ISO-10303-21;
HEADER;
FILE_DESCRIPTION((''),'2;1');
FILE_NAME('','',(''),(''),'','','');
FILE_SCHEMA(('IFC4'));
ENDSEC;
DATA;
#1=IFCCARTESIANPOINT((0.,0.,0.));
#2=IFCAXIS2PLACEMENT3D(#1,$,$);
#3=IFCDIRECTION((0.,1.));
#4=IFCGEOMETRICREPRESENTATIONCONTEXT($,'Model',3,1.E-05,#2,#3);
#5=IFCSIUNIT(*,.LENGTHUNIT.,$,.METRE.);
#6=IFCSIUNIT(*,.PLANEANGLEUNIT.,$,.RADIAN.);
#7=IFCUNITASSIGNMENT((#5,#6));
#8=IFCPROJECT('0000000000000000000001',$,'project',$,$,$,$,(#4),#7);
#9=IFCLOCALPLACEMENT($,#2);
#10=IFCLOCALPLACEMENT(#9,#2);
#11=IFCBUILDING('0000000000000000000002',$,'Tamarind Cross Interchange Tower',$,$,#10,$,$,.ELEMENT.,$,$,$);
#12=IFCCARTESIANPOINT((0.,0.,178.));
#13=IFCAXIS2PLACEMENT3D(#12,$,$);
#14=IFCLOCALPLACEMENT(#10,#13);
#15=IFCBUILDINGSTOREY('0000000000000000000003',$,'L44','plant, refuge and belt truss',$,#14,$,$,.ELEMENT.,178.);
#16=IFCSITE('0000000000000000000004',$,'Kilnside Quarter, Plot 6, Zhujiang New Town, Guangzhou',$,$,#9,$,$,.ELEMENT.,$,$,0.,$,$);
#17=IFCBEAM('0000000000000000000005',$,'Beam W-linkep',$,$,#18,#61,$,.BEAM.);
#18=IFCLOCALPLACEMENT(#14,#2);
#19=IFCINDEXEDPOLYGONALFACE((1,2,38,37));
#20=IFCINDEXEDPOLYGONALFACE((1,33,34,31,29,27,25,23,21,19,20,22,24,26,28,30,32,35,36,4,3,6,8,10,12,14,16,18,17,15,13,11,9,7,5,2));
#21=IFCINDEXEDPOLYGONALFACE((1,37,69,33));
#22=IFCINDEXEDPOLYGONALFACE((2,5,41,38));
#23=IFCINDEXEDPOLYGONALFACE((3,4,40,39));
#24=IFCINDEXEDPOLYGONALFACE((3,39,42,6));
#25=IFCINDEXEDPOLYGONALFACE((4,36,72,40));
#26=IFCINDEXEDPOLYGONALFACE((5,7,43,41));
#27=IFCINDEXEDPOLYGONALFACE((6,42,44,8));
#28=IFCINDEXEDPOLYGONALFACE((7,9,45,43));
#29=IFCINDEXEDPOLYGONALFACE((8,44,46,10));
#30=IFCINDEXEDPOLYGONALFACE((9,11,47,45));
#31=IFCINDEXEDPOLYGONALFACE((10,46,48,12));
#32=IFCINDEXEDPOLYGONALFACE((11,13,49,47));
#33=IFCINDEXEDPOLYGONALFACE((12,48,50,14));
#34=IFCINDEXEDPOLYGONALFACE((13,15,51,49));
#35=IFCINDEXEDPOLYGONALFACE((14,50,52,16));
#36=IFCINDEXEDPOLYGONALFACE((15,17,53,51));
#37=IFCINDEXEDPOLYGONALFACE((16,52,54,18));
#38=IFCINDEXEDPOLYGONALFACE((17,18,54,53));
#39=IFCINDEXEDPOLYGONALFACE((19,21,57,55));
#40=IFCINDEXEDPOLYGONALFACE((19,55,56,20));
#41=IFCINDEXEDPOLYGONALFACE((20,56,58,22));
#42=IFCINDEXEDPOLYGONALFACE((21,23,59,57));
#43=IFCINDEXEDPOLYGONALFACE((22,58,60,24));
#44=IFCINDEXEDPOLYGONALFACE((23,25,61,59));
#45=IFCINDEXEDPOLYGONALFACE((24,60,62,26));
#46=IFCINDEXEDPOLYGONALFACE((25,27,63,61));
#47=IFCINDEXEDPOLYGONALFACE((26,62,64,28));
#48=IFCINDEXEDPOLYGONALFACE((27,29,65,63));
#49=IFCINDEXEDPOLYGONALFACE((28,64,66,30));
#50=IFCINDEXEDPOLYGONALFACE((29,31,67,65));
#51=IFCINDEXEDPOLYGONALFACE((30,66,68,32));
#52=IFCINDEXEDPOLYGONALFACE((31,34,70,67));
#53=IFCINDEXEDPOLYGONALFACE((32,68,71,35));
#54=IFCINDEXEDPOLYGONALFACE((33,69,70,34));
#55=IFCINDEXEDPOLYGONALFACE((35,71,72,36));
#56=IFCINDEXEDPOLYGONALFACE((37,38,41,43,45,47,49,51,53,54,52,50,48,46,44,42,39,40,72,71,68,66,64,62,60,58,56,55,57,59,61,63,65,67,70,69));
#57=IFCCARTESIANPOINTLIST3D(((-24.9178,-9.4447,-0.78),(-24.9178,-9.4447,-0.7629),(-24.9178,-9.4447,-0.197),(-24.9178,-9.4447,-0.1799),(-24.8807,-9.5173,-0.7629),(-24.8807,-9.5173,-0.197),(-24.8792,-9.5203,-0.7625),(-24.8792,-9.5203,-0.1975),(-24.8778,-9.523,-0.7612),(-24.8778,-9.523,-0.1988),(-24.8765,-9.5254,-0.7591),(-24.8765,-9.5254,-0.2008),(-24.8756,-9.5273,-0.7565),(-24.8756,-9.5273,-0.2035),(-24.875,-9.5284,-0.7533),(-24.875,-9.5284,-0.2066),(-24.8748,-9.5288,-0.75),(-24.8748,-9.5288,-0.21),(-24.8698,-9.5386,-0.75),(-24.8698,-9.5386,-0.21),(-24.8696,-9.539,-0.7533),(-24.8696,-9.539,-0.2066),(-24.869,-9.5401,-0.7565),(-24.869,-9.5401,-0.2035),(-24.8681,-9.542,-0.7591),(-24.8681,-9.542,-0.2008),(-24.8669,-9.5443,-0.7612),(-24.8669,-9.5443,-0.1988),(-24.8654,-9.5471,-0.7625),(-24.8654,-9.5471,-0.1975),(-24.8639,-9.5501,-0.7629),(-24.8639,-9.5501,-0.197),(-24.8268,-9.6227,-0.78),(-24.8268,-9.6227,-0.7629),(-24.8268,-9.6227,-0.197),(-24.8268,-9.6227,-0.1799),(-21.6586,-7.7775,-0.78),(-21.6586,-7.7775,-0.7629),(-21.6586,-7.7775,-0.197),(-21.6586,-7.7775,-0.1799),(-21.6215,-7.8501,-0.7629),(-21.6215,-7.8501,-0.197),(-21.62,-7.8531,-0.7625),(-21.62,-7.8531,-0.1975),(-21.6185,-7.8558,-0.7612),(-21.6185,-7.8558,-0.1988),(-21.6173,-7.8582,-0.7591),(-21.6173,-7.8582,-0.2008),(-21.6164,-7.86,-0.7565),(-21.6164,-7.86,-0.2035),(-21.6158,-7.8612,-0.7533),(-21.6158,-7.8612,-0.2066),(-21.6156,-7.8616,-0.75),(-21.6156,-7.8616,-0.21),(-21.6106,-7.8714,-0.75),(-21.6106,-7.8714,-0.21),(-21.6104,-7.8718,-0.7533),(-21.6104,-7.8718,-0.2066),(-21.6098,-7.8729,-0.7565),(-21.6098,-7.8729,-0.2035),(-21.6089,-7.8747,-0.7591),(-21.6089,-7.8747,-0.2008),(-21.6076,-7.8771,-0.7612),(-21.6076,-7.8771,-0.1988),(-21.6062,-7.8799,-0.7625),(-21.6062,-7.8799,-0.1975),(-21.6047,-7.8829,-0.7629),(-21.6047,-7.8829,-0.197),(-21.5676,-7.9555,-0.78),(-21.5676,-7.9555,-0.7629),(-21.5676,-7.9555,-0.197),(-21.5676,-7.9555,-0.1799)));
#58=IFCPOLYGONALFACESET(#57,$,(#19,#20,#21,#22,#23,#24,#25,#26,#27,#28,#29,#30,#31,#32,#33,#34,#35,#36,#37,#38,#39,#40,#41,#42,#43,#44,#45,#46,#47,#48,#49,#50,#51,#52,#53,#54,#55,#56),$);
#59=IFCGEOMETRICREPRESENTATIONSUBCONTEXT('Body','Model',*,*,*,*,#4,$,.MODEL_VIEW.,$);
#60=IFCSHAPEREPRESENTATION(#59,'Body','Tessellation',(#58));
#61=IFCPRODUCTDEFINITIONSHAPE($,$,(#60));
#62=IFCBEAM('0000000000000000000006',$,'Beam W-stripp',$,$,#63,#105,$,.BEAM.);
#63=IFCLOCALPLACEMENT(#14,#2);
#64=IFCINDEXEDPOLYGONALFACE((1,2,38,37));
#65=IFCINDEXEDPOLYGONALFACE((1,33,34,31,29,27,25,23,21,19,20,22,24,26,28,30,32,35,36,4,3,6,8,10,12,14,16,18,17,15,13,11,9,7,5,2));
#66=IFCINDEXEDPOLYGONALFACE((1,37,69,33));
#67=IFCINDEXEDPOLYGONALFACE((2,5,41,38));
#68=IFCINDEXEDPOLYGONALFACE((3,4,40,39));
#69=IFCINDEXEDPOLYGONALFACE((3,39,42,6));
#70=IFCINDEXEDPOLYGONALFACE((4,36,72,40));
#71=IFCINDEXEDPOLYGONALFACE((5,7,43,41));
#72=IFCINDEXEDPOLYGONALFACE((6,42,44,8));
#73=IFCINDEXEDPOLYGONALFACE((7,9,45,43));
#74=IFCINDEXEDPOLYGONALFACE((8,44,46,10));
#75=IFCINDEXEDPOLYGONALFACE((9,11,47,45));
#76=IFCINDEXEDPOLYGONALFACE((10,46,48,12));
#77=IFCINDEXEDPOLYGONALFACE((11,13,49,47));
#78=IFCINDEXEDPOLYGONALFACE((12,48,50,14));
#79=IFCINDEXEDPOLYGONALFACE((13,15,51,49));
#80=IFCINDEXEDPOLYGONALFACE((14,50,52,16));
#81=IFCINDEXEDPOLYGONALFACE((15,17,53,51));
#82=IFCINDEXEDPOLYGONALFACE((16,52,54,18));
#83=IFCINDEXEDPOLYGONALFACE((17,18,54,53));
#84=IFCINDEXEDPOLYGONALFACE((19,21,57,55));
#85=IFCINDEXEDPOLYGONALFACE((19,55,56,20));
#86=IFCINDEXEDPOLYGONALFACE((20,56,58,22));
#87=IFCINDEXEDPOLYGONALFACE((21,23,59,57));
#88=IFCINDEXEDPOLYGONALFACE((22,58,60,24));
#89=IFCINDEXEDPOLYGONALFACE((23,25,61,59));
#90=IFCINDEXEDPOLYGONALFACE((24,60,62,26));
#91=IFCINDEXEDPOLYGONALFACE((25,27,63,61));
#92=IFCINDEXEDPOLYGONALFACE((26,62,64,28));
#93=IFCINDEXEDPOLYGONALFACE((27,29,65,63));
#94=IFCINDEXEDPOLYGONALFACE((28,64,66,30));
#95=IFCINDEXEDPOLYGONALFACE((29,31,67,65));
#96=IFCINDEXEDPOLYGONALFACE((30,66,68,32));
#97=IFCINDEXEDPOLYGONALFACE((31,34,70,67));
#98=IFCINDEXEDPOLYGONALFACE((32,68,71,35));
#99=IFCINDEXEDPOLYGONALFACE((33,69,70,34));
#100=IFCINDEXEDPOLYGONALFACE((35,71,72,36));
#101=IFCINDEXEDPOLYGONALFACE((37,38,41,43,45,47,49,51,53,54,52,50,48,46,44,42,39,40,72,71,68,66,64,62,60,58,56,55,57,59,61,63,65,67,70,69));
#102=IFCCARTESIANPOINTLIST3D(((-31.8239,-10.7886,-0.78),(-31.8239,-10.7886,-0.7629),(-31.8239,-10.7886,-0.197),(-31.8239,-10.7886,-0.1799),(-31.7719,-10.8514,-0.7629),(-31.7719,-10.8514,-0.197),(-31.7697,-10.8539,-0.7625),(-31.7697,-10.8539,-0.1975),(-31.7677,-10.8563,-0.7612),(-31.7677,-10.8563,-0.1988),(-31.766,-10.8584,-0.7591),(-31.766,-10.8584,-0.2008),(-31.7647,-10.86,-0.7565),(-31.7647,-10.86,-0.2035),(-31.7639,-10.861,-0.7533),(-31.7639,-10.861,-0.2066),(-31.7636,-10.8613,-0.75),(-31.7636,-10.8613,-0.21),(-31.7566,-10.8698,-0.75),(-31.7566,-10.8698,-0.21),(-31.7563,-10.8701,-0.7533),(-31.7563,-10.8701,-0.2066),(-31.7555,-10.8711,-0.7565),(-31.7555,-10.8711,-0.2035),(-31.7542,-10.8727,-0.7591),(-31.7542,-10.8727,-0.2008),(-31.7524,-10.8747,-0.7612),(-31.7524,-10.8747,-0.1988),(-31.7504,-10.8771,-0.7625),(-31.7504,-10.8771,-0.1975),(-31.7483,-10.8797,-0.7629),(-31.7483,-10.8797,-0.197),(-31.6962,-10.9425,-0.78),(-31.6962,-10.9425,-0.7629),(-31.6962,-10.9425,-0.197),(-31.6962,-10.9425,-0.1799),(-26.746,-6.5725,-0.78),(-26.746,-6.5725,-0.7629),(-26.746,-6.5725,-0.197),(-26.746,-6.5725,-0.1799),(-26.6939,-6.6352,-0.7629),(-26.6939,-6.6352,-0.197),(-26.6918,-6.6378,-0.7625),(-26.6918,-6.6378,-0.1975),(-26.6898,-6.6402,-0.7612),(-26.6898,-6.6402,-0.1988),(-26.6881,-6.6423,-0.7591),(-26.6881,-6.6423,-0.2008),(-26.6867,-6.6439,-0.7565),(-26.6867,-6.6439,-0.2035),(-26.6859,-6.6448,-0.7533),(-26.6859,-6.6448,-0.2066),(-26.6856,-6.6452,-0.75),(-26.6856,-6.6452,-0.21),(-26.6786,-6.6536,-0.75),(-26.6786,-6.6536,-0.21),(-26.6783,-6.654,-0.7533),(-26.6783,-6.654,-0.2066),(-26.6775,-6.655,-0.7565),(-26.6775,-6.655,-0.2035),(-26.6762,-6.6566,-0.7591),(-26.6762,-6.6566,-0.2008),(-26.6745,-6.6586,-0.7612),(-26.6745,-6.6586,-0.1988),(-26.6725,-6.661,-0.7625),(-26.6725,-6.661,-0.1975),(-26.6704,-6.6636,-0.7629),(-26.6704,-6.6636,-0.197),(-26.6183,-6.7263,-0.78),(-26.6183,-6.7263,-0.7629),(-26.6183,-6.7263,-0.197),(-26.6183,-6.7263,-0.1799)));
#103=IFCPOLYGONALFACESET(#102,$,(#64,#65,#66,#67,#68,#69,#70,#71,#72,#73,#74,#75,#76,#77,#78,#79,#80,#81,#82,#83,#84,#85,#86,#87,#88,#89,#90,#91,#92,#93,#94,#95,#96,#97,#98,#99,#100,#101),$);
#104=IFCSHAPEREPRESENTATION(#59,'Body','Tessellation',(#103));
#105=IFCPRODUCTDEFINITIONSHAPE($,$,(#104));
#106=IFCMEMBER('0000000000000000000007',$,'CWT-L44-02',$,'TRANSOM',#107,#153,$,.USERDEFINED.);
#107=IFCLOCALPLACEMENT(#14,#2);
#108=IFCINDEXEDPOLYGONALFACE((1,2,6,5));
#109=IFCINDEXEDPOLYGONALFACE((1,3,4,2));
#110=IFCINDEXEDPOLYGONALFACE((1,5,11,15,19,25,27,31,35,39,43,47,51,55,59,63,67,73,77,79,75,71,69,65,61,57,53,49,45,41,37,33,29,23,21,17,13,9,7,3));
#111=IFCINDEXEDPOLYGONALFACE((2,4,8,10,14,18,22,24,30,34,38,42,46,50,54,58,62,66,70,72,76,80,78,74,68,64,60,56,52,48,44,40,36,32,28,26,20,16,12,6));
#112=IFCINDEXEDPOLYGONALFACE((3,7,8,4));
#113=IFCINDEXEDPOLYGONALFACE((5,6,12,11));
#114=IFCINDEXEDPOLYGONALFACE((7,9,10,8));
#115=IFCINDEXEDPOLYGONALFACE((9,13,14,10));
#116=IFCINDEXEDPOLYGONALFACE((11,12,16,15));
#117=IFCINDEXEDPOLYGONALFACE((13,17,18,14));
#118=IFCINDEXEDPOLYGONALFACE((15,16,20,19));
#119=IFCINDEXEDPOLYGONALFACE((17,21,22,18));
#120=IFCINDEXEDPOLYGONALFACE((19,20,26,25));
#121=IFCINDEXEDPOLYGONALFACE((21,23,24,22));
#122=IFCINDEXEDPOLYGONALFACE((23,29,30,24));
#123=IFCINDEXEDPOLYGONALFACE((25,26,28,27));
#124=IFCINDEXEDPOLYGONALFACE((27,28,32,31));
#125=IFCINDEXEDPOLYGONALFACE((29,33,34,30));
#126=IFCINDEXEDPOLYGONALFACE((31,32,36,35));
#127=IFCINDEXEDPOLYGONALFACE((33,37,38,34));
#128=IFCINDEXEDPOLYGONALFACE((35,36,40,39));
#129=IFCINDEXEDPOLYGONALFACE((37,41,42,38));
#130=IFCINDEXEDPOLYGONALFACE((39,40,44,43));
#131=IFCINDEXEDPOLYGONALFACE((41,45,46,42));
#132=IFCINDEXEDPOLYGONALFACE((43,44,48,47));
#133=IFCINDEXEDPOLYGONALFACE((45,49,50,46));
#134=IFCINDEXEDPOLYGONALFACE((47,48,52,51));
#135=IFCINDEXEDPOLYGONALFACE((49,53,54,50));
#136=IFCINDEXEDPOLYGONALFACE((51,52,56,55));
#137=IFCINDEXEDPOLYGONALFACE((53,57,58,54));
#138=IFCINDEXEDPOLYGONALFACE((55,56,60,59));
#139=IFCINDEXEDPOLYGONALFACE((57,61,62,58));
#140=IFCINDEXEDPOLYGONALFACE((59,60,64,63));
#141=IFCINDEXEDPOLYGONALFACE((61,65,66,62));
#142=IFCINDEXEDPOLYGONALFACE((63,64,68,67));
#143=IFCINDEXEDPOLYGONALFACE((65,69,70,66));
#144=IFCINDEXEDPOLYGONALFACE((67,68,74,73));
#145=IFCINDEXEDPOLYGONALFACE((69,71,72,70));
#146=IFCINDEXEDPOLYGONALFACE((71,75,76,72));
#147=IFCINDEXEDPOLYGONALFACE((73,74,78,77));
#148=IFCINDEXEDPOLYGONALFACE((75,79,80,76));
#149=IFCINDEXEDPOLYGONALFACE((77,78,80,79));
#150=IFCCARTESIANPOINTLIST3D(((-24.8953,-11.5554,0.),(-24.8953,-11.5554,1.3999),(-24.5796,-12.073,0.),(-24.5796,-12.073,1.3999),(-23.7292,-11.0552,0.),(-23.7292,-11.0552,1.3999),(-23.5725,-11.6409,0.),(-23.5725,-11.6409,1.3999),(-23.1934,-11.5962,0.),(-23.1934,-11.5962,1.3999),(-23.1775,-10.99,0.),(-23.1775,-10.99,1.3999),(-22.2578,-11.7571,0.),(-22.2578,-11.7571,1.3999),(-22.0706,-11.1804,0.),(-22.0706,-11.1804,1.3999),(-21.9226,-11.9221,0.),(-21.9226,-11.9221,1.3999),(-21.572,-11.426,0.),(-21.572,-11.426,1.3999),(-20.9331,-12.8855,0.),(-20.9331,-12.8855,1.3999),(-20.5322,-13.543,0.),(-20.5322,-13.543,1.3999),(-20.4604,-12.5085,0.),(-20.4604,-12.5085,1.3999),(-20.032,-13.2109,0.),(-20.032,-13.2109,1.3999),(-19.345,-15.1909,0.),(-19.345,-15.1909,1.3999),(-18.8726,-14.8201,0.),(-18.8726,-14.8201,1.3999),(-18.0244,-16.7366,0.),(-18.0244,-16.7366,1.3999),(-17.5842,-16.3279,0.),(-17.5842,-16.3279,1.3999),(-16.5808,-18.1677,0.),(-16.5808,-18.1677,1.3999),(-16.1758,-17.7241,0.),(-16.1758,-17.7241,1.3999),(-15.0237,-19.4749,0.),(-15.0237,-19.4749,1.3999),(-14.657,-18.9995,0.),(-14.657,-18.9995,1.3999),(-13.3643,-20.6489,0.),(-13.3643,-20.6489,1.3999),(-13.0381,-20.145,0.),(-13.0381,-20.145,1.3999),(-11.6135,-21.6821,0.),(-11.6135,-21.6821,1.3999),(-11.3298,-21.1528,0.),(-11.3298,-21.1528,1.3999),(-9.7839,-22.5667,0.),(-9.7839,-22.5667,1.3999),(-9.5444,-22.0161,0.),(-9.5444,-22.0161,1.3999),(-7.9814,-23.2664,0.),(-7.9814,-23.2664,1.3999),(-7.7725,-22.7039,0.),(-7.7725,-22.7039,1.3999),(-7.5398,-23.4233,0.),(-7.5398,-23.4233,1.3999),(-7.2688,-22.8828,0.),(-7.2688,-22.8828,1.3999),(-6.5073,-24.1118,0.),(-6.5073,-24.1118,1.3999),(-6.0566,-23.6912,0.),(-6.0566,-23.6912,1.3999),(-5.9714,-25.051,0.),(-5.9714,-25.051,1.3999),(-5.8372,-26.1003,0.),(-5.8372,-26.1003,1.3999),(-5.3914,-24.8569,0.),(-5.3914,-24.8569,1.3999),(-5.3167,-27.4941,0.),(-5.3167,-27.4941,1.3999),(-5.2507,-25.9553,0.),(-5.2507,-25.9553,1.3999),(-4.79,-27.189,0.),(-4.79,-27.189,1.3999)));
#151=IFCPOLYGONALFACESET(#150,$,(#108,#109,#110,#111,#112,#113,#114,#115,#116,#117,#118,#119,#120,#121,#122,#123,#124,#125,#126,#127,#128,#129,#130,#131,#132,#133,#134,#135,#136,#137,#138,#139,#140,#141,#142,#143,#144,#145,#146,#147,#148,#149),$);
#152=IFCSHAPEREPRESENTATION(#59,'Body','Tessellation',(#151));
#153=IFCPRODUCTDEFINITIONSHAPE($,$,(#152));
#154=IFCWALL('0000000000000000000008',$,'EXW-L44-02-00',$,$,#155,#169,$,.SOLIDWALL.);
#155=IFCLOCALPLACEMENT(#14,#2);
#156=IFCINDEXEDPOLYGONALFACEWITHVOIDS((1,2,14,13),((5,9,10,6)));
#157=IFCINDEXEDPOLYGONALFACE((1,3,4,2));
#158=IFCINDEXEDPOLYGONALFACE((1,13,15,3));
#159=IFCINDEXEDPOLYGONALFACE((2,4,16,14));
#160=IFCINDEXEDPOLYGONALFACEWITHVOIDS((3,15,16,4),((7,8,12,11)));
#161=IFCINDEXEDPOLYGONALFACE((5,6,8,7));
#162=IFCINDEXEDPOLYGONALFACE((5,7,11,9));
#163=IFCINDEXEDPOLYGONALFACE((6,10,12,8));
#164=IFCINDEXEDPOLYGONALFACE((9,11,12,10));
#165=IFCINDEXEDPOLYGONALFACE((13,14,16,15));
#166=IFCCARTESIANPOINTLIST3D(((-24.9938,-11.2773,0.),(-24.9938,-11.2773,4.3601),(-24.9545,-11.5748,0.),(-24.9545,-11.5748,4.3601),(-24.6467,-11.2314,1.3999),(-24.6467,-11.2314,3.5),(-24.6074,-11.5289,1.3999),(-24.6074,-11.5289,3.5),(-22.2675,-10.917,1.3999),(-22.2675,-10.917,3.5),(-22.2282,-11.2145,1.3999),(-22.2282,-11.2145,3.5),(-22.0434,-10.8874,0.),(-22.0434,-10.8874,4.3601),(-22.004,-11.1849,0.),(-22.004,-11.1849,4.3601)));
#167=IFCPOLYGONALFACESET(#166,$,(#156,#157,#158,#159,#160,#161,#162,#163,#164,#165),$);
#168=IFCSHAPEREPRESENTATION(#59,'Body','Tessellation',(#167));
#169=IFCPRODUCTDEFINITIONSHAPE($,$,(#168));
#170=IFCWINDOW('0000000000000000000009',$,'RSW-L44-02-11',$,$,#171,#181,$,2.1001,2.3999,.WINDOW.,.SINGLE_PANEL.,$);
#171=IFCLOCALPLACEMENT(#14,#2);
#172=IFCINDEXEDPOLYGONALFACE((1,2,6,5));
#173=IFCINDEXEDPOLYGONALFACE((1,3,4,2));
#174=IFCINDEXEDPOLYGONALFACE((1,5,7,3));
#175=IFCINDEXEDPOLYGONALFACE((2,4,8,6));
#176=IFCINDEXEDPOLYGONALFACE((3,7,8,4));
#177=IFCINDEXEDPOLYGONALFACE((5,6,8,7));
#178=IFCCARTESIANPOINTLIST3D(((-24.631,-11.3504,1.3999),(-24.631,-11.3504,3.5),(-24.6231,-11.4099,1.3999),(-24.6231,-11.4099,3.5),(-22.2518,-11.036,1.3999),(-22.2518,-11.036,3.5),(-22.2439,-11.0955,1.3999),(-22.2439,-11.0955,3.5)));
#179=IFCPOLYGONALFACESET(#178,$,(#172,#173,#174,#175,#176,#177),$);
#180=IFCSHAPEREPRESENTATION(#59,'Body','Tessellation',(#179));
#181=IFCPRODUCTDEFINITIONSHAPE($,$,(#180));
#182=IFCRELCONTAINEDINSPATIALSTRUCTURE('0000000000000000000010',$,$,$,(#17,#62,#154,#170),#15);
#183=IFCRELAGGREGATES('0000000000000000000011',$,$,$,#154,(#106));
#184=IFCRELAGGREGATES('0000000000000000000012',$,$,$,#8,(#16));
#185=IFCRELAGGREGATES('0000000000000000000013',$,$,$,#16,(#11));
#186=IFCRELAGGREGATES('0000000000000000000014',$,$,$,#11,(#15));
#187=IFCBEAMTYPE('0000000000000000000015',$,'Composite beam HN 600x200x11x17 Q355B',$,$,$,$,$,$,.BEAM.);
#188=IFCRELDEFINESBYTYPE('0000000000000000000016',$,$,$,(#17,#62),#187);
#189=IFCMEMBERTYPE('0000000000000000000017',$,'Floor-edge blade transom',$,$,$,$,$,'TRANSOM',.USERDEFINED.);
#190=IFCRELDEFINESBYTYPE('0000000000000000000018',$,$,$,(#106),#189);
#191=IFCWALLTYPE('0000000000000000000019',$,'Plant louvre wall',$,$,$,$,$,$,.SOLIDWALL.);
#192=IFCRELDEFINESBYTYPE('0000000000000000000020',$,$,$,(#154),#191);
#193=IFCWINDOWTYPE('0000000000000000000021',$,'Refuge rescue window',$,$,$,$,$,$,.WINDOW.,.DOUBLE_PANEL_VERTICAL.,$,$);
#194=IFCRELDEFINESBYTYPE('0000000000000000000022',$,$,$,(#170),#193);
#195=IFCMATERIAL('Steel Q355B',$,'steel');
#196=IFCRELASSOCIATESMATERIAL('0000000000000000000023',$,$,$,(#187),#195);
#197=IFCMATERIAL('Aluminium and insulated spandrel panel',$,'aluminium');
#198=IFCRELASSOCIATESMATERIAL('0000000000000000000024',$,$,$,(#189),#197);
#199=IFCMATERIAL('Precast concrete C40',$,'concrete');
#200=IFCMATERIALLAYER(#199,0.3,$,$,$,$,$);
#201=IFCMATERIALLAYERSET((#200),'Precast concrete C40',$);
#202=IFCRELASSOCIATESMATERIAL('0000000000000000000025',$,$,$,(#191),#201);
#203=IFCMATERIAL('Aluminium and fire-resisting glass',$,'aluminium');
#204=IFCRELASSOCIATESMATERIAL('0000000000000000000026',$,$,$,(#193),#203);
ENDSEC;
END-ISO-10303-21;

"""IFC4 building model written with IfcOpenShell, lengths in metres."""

from ifc_helpers import new_model, si_unit, direction, frame, frame_2d, origin, origin_2d, place, context, subcontext, project, spatial, polyline, rectangle, i_section, outline, extrude, material, layer, layer_set, material_profile, profile_set, type_object, element, fill, aggregate, save


model = new_model("IFC4")

# Units and contexts
model_context = context("Model", 3, precision=1e-05, world=origin(), true_north=direction((0.0, 1.0)))
body_context = subcontext(model_context, "Body", "Model", "MODEL_VIEW")
ifc_project = project(units=[si_unit("LENGTHUNIT", "METRE"), si_unit("PLANEANGLEUNIT", "RADIAN")], contexts=[model_context])

# Site, building, storey
site_placement = place(None, origin())
site = spatial("IfcSite", under=ifc_project, at=site_placement, Name="Kilnside Quarter, Plot 6, Zhujiang New Town, Guangzhou", CompositionType="ELEMENT", RefElevation=0.0)
building_placement = place(site_placement, origin())
building = spatial("IfcBuilding", under=site, at=building_placement, Name="Tamarind Cross Interchange Tower", CompositionType="ELEMENT")
storey_placement = place(building_placement, frame((0.0, 0.0, 178.0)))
storey = spatial("IfcBuildingStorey", under=building, at=storey_placement, Name="L44", Description="plant, refuge and belt truss", CompositionType="ELEMENT", Elevation=178.0)

# Beams
ifc_material_1 = material(Name="Steel Q355B", Category="steel")
ifc_material_profile_1 = material_profile(ifc_material_1, i_section(OverallWidth=0.2, OverallDepth=0.6001, WebThickness=0.011, FlangeThickness=0.0171, FilletRadius=0.0129, at=origin_2d()), Name="HN 600x200x11x17")
ifc_profile_set_1 = profile_set([ifc_material_profile_1], Name="Steel Q355B")
beam_type_1 = type_object("IfcBeamType", Name="Composite beam HN 600x200x11x17 Q355B", PredefinedType="BEAM", material=ifc_profile_set_1)
beam_1_placement = place(storey_placement, frame((-24.8723, -9.5337, -0.48), z_axis=(0.890281, 0.455411, 0.0), x_axis=(-0.455411, 0.890281, 0.0)))
element("IfcBeam", 1, at=beam_1_placement, inside=storey, type_object=beam_type_1, Name="Beam W-linkep", PredefinedType="BEAM", context=body_context, shape_type="SweptSolid", body=[
    extrude(i_section(OverallWidth=0.2, OverallDepth=0.6001, WebThickness=0.011, FlangeThickness=0.0171, FilletRadius=0.0129, at=origin_2d()), origin(), (0.0, 0.0, 1.0), 3.6609),
])
beam_2_placement = place(storey_placement, frame((-26.6821, -6.6494, -0.48), z_axis=(-0.769375, -0.638797, 0.0), x_axis=(0.638797, -0.769375, 0.0)))
element("IfcBeam", 2, at=beam_2_placement, inside=storey, type_object=beam_type_1, Name="Beam W-stripp", PredefinedType="BEAM", context=body_context, shape_type="SweptSolid", body=[
    extrude(i_section(OverallWidth=0.2, OverallDepth=0.6001, WebThickness=0.011, FlangeThickness=0.0171, FilletRadius=0.0129, at=origin_2d()), origin(), (0.0, 0.0, 1.0), 6.6001),
])

# Member
ifc_material_2 = material(Name="Aluminium and insulated spandrel panel", Category="aluminium")
member_type_1 = type_object("IfcMemberType", Name="Floor-edge blade transom", ElementType="TRANSOM", PredefinedType="USERDEFINED", material=ifc_material_2)
member_1_placement = place(storey_placement, origin())
member_1 = element("IfcMember", 3, at=member_1_placement, type_object=member_type_1, Name="CWT-L44-02", ObjectType="TRANSOM", PredefinedType="USERDEFINED", context=body_context, shape_type="SweptSolid", body=[
    extrude(outline(polyline([(-24.8953, -11.5554), (-23.7292, -11.0552), (-23.1775, -10.99), (-22.0706, -11.1804), (-21.572, -11.426), (-20.4604, -12.5085), (-20.032, -13.2109), (-18.8726, -14.8201), (-17.5842, -16.3279), (-16.1758, -17.7241), (-14.657, -18.9995), (-13.0381, -20.145), (-11.3298, -21.1528), (-9.5444, -22.0161), (-7.7725, -22.7039), (-7.2688, -22.8828), (-6.0566, -23.6912), (-5.3914, -24.8569), (-5.2507, -25.9553), (-4.79, -27.189), (-5.3167, -27.4941), (-5.8372, -26.1003), (-5.9714, -25.051), (-6.5073, -24.1118), (-7.5398, -23.4233), (-7.9814, -23.2664), (-9.7839, -22.5667), (-11.6135, -21.6821), (-13.3643, -20.6489), (-15.0237, -19.4749), (-16.5808, -18.1677), (-18.0244, -16.7366), (-19.345, -15.1909), (-20.5322, -13.543), (-20.9331, -12.8855), (-21.9226, -11.9221), (-22.2578, -11.7571), (-23.1934, -11.5962), (-23.5725, -11.6409), (-24.5796, -12.073), (-24.8953, -11.5554)])), origin(), (0.0, 0.0, 1.0), 1.3999),
])

# Wall, opening, window
ifc_material_3 = material(Name="Precast concrete C40", Category="concrete")
ifc_layer_1 = layer(ifc_material_3, 0.3)
ifc_layer_set_1 = layer_set([ifc_layer_1], Name="Precast concrete C40")
wall_type_1 = type_object("IfcWallType", Name="Plant louvre wall", PredefinedType="SOLIDWALL", material=ifc_layer_set_1)
wall_1_placement = place(storey_placement, frame((-24.9741, -11.426, 0.0), z_axis=(0.0, 0.0, 1.0), x_axis=(0.991381, 0.131008, 0.0)))
wall_1 = element("IfcWall", 4, at=wall_1_placement, inside=storey, type_object=wall_type_1, Name="EXW-L44-02-00", PredefinedType="SOLIDWALL", context=body_context, shape_type="SweptSolid", body=[
    extrude(rectangle(XDim=2.9761, YDim=0.3, at=frame_2d((1.488, 0.0))), origin(), (0.0, 0.0, 1.0), 4.3601),
])
opening_placement = place(wall_1_placement, frame((0.3501, 0.0, 1.3999)))
opening = element("IfcOpeningElement", 5, at=opening_placement, cuts=wall_1, PredefinedType="OPENING", context=body_context, shape_type="SweptSolid", body=[
    extrude(rectangle(XDim=2.3999, YDim=2.1001, at=frame_2d((1.2, 1.05))), frame((0.0, 0.1599, 0.0), z_axis=(0.0, -1.0, 0.0), x_axis=(1.0, 0.0, 0.0)), (0.0, 0.0, 1.0), 0.3201),
])
ifc_material_4 = material(Name="Aluminium and fire-resisting glass", Category="aluminium")
window_type = type_object("IfcWindowType", Name="Refuge rescue window", PartitioningType="DOUBLE_PANEL_VERTICAL", PredefinedType="WINDOW", material=ifc_material_4)
window_placement = place(opening_placement, origin())
window = element("IfcWindow", 6, at=window_placement, inside=storey, type_object=window_type, Name="RSW-L44-02-11", OverallHeight=2.1001, OverallWidth=2.3999, PartitioningType="SINGLE_PANEL", PredefinedType="WINDOW", context=body_context, shape_type="SweptSolid", body=[
    extrude(rectangle(XDim=2.3999, YDim=2.1001, at=frame_2d((1.2, 1.05))), frame((0.0, 0.03, 0.0), z_axis=(0.0, -1.0, 0.0), x_axis=(1.0, 0.0, 0.0)), (0.0, 0.0, 1.0), 0.0601),
])
fill(opening, window)
aggregate(wall_1, [member_1])

save(model, "model.ifc")
